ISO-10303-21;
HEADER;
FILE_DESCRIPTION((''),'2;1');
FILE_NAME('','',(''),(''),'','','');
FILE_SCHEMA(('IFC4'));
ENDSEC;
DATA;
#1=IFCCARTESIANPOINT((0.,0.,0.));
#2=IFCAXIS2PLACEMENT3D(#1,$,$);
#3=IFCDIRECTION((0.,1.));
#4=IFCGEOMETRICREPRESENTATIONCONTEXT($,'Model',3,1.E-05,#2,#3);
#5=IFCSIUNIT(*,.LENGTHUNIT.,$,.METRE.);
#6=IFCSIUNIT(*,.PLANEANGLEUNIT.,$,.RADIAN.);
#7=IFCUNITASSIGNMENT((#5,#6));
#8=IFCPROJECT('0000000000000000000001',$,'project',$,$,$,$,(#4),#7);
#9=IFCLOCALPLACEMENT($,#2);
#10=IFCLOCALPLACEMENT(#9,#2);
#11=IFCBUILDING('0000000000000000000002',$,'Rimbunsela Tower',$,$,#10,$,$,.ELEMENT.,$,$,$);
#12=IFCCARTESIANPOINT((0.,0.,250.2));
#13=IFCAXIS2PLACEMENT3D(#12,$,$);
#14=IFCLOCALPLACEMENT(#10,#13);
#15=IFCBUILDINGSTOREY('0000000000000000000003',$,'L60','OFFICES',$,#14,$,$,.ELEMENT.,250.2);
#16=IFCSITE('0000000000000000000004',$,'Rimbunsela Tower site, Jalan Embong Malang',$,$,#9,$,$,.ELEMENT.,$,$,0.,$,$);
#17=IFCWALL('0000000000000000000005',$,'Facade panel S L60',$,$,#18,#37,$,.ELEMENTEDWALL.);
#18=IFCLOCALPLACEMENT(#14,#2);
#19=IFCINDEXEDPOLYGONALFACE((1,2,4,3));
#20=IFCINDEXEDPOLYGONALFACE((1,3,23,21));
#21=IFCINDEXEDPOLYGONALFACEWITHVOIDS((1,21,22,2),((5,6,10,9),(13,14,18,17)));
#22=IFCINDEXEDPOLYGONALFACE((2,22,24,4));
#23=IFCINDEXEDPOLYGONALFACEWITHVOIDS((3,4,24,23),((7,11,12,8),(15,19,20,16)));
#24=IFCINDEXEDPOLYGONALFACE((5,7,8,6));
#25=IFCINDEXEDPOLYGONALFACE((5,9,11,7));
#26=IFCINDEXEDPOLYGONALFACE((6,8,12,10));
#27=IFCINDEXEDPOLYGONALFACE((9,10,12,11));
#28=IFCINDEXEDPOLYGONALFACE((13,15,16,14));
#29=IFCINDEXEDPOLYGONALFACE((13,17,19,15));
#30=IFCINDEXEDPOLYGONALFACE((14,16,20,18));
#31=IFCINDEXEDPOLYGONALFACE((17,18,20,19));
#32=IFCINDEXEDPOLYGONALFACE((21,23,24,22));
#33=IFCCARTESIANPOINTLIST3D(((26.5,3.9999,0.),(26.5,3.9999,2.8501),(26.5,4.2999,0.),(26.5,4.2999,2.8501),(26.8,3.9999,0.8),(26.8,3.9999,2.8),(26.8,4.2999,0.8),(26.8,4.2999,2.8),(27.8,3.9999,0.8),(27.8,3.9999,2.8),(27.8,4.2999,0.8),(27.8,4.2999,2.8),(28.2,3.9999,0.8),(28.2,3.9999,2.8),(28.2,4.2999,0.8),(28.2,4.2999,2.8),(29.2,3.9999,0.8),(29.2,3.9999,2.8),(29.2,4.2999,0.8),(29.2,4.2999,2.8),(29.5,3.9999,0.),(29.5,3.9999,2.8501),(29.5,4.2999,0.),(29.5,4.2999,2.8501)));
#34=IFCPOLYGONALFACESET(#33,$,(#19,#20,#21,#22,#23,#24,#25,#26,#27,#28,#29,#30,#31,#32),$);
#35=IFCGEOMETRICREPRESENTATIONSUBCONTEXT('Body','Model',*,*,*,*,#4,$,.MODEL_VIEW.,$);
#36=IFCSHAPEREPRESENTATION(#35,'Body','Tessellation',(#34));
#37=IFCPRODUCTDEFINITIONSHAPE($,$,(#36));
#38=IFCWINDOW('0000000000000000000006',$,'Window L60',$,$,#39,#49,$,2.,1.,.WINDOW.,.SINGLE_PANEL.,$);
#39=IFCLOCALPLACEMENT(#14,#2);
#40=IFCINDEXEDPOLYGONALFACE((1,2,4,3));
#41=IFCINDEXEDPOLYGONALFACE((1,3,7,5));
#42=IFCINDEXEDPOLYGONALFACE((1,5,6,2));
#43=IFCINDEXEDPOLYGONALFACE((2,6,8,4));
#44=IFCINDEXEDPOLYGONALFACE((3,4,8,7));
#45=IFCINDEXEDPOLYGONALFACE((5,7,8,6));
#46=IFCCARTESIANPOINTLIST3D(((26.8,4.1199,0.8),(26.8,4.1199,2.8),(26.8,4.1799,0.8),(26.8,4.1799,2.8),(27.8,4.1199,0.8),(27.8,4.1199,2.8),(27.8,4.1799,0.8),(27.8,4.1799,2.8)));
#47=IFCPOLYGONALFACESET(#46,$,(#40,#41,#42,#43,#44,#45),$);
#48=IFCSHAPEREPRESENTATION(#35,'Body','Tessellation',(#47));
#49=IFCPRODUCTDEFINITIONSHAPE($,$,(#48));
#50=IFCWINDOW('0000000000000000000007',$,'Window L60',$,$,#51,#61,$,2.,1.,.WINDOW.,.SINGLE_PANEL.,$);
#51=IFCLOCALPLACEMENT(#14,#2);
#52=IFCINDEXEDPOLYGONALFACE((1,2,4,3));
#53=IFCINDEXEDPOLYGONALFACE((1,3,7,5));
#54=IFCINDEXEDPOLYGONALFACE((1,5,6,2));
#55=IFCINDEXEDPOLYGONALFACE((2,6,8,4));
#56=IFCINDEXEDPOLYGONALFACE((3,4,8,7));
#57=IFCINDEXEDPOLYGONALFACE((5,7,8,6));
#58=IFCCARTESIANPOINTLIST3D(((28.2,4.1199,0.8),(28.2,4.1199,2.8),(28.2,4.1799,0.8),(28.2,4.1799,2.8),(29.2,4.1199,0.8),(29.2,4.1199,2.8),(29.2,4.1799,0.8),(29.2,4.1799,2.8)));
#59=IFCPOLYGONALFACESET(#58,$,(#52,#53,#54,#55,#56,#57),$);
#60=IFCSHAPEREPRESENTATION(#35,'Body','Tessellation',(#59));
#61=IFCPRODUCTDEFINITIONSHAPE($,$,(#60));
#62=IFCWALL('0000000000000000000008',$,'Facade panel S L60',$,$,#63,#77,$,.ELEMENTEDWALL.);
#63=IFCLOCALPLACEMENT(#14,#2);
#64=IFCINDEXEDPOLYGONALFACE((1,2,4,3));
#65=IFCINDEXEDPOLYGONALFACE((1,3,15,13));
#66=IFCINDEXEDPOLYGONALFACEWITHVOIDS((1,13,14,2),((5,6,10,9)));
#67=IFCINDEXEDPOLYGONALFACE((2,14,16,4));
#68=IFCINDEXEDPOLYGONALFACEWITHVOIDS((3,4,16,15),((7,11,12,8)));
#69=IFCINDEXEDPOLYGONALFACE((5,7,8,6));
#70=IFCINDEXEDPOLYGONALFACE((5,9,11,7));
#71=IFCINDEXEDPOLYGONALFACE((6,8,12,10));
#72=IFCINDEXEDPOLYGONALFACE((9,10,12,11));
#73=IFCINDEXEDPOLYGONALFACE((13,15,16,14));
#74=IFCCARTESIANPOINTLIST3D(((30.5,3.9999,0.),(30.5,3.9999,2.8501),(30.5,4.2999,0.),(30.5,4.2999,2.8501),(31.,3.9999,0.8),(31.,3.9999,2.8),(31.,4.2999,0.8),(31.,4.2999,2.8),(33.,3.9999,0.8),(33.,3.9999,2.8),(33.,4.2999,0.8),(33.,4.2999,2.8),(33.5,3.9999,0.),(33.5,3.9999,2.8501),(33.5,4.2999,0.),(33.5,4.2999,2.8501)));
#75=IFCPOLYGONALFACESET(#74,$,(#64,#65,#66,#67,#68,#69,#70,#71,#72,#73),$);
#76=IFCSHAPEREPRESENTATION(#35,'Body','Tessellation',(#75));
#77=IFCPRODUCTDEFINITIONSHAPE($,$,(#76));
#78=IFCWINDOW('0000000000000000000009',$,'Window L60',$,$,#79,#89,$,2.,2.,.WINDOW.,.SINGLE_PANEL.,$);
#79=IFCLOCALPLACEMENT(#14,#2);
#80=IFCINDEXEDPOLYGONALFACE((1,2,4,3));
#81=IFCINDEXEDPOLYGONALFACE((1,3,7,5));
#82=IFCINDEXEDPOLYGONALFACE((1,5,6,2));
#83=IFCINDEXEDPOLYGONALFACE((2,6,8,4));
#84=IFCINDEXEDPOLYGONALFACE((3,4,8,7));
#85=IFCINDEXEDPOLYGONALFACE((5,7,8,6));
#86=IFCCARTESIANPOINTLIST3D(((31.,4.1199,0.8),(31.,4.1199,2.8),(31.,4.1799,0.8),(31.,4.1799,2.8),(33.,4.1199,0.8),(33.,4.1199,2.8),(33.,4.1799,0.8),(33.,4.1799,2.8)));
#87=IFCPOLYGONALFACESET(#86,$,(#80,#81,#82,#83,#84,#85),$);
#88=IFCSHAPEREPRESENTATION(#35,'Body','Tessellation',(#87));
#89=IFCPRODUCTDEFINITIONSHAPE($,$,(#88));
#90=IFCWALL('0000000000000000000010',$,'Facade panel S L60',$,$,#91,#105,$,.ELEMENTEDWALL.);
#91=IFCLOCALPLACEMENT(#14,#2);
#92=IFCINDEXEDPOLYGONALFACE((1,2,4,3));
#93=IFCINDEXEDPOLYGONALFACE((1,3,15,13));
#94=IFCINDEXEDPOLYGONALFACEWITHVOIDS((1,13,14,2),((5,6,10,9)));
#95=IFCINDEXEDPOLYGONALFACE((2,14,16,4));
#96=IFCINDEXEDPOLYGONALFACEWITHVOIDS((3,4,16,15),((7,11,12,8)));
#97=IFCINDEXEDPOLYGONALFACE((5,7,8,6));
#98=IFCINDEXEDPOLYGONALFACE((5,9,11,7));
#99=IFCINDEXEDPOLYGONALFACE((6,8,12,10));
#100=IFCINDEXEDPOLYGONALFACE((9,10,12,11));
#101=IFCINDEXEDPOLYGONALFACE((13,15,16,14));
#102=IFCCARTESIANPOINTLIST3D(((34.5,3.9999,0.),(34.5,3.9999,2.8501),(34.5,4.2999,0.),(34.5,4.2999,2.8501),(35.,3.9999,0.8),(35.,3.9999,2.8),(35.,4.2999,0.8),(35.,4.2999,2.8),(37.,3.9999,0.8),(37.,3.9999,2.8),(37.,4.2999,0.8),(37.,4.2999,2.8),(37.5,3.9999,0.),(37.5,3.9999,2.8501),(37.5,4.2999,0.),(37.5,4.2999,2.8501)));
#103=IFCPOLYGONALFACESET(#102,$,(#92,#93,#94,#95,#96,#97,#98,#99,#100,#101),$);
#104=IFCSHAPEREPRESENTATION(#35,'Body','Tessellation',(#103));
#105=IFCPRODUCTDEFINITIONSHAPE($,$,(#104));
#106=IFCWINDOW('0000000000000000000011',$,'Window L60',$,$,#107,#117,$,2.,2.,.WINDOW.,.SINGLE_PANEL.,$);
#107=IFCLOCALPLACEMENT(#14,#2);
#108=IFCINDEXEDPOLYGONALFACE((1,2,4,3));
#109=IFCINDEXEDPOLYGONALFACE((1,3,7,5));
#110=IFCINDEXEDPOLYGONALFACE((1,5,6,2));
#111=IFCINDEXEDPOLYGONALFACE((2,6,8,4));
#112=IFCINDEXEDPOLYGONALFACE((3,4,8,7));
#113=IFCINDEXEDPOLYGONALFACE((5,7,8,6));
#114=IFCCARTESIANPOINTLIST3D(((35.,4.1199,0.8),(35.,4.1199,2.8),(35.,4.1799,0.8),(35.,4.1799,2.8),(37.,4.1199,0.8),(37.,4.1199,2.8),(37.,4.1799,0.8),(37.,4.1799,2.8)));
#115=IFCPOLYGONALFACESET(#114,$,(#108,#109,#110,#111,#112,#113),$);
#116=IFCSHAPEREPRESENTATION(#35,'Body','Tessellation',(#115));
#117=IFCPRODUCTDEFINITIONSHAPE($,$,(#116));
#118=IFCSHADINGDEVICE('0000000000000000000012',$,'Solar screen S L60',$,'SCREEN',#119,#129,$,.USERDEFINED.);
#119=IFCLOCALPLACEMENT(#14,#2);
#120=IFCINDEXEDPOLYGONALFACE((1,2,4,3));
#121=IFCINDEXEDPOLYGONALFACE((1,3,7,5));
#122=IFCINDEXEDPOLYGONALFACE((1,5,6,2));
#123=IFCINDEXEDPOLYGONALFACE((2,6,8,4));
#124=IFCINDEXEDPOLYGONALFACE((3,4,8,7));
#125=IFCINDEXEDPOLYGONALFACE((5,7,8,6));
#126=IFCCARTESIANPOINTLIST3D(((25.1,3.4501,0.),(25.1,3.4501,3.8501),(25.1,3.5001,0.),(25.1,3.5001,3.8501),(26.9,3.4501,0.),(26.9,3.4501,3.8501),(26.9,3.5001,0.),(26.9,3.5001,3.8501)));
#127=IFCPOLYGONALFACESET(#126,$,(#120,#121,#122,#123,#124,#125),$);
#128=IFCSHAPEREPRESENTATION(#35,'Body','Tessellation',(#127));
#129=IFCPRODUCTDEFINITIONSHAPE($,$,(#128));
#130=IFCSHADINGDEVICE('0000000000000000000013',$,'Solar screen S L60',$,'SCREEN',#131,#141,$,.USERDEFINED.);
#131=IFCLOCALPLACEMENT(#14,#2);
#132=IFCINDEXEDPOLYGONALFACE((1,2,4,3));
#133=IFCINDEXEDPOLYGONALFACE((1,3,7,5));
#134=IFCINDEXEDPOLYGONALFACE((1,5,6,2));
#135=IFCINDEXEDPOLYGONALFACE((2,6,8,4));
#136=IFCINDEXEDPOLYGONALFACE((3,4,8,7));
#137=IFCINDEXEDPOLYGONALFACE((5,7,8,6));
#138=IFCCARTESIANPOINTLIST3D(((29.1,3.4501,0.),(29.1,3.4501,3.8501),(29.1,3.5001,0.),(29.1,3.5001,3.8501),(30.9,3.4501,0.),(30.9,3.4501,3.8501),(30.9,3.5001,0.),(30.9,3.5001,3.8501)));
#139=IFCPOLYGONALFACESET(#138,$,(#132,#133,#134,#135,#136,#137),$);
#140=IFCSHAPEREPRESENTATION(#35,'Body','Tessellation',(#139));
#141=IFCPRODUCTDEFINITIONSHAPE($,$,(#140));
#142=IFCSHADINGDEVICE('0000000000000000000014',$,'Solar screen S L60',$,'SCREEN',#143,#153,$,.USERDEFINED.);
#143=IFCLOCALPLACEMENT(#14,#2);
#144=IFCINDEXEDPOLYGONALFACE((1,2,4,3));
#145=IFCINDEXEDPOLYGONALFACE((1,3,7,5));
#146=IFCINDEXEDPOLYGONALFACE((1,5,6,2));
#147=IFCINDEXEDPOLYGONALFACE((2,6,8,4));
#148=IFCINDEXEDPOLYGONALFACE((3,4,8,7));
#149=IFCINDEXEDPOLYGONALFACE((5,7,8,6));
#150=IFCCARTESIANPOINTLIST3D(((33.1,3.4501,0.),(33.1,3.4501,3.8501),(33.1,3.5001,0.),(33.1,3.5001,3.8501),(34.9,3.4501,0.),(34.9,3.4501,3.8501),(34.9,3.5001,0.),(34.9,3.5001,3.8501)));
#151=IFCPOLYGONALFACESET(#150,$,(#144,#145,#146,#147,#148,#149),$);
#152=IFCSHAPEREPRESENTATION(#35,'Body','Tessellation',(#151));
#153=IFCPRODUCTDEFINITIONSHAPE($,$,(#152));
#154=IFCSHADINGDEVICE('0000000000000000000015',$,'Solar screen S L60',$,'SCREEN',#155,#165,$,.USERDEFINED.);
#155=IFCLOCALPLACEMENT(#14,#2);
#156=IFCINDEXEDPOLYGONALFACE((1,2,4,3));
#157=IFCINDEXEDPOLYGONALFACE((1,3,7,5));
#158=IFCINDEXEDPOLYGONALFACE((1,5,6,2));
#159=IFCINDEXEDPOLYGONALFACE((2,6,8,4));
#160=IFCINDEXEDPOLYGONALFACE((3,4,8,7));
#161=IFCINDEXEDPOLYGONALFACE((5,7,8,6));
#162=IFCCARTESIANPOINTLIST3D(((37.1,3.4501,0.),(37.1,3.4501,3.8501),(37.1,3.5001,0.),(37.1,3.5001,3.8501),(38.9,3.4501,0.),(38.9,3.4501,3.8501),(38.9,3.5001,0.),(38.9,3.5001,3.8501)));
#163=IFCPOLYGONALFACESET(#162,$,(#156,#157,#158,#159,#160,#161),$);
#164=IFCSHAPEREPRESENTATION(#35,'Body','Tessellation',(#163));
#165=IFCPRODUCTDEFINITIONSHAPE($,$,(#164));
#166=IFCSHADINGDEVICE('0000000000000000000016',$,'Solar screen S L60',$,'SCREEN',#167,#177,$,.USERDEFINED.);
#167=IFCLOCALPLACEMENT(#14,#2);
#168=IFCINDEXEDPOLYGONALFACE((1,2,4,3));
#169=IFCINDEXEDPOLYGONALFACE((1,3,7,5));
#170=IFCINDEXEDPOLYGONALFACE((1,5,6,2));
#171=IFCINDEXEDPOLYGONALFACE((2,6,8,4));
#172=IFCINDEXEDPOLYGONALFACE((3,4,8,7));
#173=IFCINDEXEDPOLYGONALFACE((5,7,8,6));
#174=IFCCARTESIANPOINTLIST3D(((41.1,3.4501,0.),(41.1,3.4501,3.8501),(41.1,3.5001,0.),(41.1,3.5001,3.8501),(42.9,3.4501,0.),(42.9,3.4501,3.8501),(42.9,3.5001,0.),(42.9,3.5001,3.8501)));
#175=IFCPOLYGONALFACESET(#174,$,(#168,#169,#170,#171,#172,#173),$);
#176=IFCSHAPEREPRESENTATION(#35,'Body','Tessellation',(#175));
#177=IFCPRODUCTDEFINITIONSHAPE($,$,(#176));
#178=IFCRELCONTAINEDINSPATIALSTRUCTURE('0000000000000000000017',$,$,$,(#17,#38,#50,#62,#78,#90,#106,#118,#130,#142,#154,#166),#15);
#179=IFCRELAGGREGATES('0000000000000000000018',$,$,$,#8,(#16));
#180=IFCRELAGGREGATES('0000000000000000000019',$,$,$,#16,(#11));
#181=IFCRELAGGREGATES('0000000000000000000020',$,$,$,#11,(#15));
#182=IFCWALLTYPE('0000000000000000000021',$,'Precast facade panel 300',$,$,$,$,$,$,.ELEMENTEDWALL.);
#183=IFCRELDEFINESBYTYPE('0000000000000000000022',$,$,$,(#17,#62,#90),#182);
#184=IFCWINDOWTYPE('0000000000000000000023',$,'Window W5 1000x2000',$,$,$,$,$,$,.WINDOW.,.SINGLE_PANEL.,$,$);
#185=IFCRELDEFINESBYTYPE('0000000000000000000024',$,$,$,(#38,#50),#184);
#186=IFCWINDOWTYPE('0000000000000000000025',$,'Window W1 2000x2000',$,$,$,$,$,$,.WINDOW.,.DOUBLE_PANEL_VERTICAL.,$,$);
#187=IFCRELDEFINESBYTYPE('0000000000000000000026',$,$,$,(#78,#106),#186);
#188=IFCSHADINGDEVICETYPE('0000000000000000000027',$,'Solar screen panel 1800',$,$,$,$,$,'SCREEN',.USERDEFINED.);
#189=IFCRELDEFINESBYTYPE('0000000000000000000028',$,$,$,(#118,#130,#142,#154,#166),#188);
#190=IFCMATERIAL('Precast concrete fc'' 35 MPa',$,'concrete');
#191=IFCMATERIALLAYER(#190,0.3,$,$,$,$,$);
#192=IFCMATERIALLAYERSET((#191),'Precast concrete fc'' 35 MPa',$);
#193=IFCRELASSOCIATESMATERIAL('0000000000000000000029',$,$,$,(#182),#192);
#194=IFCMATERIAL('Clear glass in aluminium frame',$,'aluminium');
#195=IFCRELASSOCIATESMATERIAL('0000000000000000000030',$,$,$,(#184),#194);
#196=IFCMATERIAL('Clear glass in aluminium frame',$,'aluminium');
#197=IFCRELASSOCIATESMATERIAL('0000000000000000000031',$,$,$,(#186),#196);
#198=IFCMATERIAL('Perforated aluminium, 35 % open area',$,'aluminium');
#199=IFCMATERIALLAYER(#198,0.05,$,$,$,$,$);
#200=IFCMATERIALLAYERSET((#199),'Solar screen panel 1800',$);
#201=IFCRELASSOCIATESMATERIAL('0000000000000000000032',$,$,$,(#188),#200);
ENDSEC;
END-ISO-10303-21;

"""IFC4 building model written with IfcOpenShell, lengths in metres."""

from ifc_helpers import new_model, si_unit, direction, frame, frame_2d, origin, origin_2d, place, context, subcontext, project, spatial, rectangle, extrude, material, layer, layer_set, type_object, element, fill, save


model = new_model("IFC4")

# Units and contexts
model_context = context("Model", 3, precision=1e-05, world=origin(), true_north=direction((0.0, 1.0)))
body_context = subcontext(model_context, "Body", "Model", "MODEL_VIEW")
ifc_project = project(units=[si_unit("LENGTHUNIT", "METRE"), si_unit("PLANEANGLEUNIT", "RADIAN")], contexts=[model_context])

# Site, building, storey
site_placement = place(None, origin())
site = spatial("IfcSite", under=ifc_project, at=site_placement, Name="Rimbunsela Tower site, Jalan Embong Malang", CompositionType="ELEMENT", RefElevation=0.0)
building_placement = place(site_placement, origin())
building = spatial("IfcBuilding", under=site, at=building_placement, Name="Rimbunsela Tower", CompositionType="ELEMENT")
storey_placement = place(building_placement, frame((0.0, 0.0, 250.2)))
storey = spatial("IfcBuildingStorey", under=building, at=storey_placement, Name="L60", Description="OFFICES", CompositionType="ELEMENT", Elevation=250.2)

# Wall, openings, windows
ifc_material_1 = material(Name="Precast concrete fc' 35 MPa", Category="concrete")
ifc_layer_1 = layer(ifc_material_1, 0.3)
ifc_layer_set_1 = layer_set([ifc_layer_1], Name="Precast concrete fc' 35 MPa")
wall_type = type_object("IfcWallType", Name="Precast facade panel 300", PredefinedType="ELEMENTEDWALL", material=ifc_layer_set_1)
wall_1_placement = place(storey_placement, frame((26.5, 4.1499, 0.0), z_axis=(0.0, 0.0, 1.0), x_axis=(1.0, 0.0, 0.0)))
wall_1 = element("IfcWall", 1, at=wall_1_placement, inside=storey, type_object=wall_type, Name="Facade panel S L60", PredefinedType="ELEMENTEDWALL", context=body_context, shape_type="SweptSolid", body=[
    extrude(rectangle(XDim=3.0, YDim=0.3, at=frame_2d((1.5, 0.0))), origin(), (0.0, 0.0, 1.0), 2.8501),
])
opening_1_placement = place(wall_1_placement, frame((0.3, 0.0, 0.8)))
opening_1 = element("IfcOpeningElement", 2, at=opening_1_placement, cuts=wall_1, PredefinedType="OPENING", context=body_context, shape_type="SweptSolid", body=[
    extrude(rectangle(XDim=1.0, YDim=2.0, at=frame_2d((0.5, 1.0))), frame((0.0, 0.1599, 0.0), z_axis=(0.0, -1.0, 0.0), x_axis=(1.0, 0.0, 0.0)), (0.0, 0.0, 1.0), 0.3201),
])
opening_2_placement = place(wall_1_placement, frame((1.7, 0.0, 0.8)))
opening_2 = element("IfcOpeningElement", 3, at=opening_2_placement, cuts=wall_1, PredefinedType="OPENING", context=body_context, shape_type="SweptSolid", body=[
    extrude(rectangle(XDim=1.0, YDim=2.0, at=frame_2d((0.5, 1.0))), frame((0.0, 0.1599, 0.0), z_axis=(0.0, -1.0, 0.0), x_axis=(1.0, 0.0, 0.0)), (0.0, 0.0, 1.0), 0.3201),
])
ifc_material_2 = material(Name="Clear glass in aluminium frame", Category="aluminium")
window_type_1 = type_object("IfcWindowType", Name="Window W5 1000x2000", PartitioningType="SINGLE_PANEL", PredefinedType="WINDOW", material=ifc_material_2)
window_1_placement = place(opening_1_placement, origin())
window_1 = element("IfcWindow", 4, at=window_1_placement, inside=storey, type_object=window_type_1, Name="Window L60", OverallHeight=2.0, OverallWidth=1.0, PartitioningType="SINGLE_PANEL", PredefinedType="WINDOW", context=body_context, shape_type="SweptSolid", body=[
    extrude(rectangle(XDim=1.0, YDim=2.0, at=frame_2d((0.5, 1.0))), frame((0.0, 0.03, 0.0), z_axis=(0.0, -1.0, 0.0), x_axis=(1.0, 0.0, 0.0)), (0.0, 0.0, 1.0), 0.0601),
])
fill(opening_1, window_1)
window_2_placement = place(opening_2_placement, origin())
window_2 = element("IfcWindow", 5, at=window_2_placement, inside=storey, type_object=window_type_1, Name="Window L60", OverallHeight=2.0, OverallWidth=1.0, PartitioningType="SINGLE_PANEL", PredefinedType="WINDOW", context=body_context, shape_type="SweptSolid", body=[
    extrude(rectangle(XDim=1.0, YDim=2.0, at=frame_2d((0.5, 1.0))), frame((0.0, 0.03, 0.0), z_axis=(0.0, -1.0, 0.0), x_axis=(1.0, 0.0, 0.0)), (0.0, 0.0, 1.0), 0.0601),
])
fill(opening_2, window_2)

# Walls, openings, windows
wall_2_placement = place(storey_placement, frame((30.5, 4.1499, 0.0), z_axis=(0.0, 0.0, 1.0), x_axis=(1.0, 0.0, 0.0)))
wall_2 = element("IfcWall", 6, at=wall_2_placement, inside=storey, type_object=wall_type, Name="Facade panel S L60", PredefinedType="ELEMENTEDWALL", context=body_context, shape_type="SweptSolid", body=[
    extrude(rectangle(XDim=3.0, YDim=0.3, at=frame_2d((1.5, 0.0))), origin(), (0.0, 0.0, 1.0), 2.8501),
])
opening_3_placement = place(wall_2_placement, frame((0.5, 0.0, 0.8)))
opening_3 = element("IfcOpeningElement", 7, at=opening_3_placement, cuts=wall_2, PredefinedType="OPENING", context=body_context, shape_type="SweptSolid", body=[
    extrude(rectangle(XDim=2.0, YDim=2.0, at=frame_2d((1.0, 1.0))), frame((0.0, 0.1599, 0.0), z_axis=(0.0, -1.0, 0.0), x_axis=(1.0, 0.0, 0.0)), (0.0, 0.0, 1.0), 0.3201),
])
ifc_material_3 = material(Name="Clear glass in aluminium frame", Category="aluminium")
window_type_2 = type_object("IfcWindowType", Name="Window W1 2000x2000", PartitioningType="DOUBLE_PANEL_VERTICAL", PredefinedType="WINDOW", material=ifc_material_3)
window_3_placement = place(opening_3_placement, origin())
window_3 = element("IfcWindow", 8, at=window_3_placement, inside=storey, type_object=window_type_2, Name="Window L60", OverallHeight=2.0, OverallWidth=2.0, PartitioningType="SINGLE_PANEL", PredefinedType="WINDOW", context=body_context, shape_type="SweptSolid", body=[
    extrude(rectangle(XDim=2.0, YDim=2.0, at=frame_2d((1.0, 1.0))), frame((0.0, 0.03, 0.0), z_axis=(0.0, -1.0, 0.0), x_axis=(1.0, 0.0, 0.0)), (0.0, 0.0, 1.0), 0.0601),
])
fill(opening_3, window_3)
wall_3_placement = place(storey_placement, frame((34.5, 4.1499, 0.0), z_axis=(0.0, 0.0, 1.0), x_axis=(1.0, 0.0, 0.0)))
wall_3 = element("IfcWall", 9, at=wall_3_placement, inside=storey, type_object=wall_type, Name="Facade panel S L60", PredefinedType="ELEMENTEDWALL", context=body_context, shape_type="SweptSolid", body=[
    extrude(rectangle(XDim=3.0, YDim=0.3, at=frame_2d((1.5, 0.0))), origin(), (0.0, 0.0, 1.0), 2.8501),
])
opening_4_placement = place(wall_3_placement, frame((0.5, 0.0, 0.8)))
opening_4 = element("IfcOpeningElement", 10, at=opening_4_placement, cuts=wall_3, PredefinedType="OPENING", context=body_context, shape_type="SweptSolid", body=[
    extrude(rectangle(XDim=2.0, YDim=2.0, at=frame_2d((1.0, 1.0))), frame((0.0, 0.1599, 0.0), z_axis=(0.0, -1.0, 0.0), x_axis=(1.0, 0.0, 0.0)), (0.0, 0.0, 1.0), 0.3201),
])
window_4_placement = place(opening_4_placement, origin())
window_4 = element("IfcWindow", 11, at=window_4_placement, inside=storey, type_object=window_type_2, Name="Window L60", OverallHeight=2.0, OverallWidth=2.0, PartitioningType="SINGLE_PANEL", PredefinedType="WINDOW", context=body_context, shape_type="SweptSolid", body=[
    extrude(rectangle(XDim=2.0, YDim=2.0, at=frame_2d((1.0, 1.0))), frame((0.0, 0.03, 0.0), z_axis=(0.0, -1.0, 0.0), x_axis=(1.0, 0.0, 0.0)), (0.0, 0.0, 1.0), 0.0601),
])
fill(opening_4, window_4)

# Shading devices
ifc_material_4 = material(Name="Perforated aluminium, 35 % open area", Category="aluminium")
ifc_layer_2 = layer(ifc_material_4, 0.05)
ifc_layer_set_2 = layer_set([ifc_layer_2], Name="Solar screen panel 1800")
shading_device_type = type_object("IfcShadingDeviceType", Name="Solar screen panel 1800", ElementType="SCREEN", PredefinedType="USERDEFINED", material=ifc_layer_set_2)
for number, where, z_axis, x_axis, name in (
    (12, (26.0, 3.4751, 0.0), (0.0, 0.0, 1.0), (1.0, 0.0, 0.0), "Solar screen S L60"),
    (13, (30.0, 3.4751, 0.0), (0.0, 0.0, 1.0), (1.0, 0.0, 0.0), "Solar screen S L60"),
    (14, (34.0, 3.4751, 0.0), (0.0, 0.0, 1.0), (1.0, 0.0, 0.0), "Solar screen S L60"),
    (15, (38.0, 3.4751, 0.0), (0.0, 0.0, 1.0), (1.0, 0.0, 0.0), "Solar screen S L60"),
    (16, (42.0, 3.4751, 0.0), (0.0, 0.0, 1.0), (1.0, 0.0, 0.0), "Solar screen S L60"),
):
    element("IfcShadingDevice", number, at=place(storey_placement, frame(where, z_axis=z_axis, x_axis=x_axis)), inside=storey, type_object=shading_device_type, Name=name, ObjectType="SCREEN", PredefinedType="USERDEFINED", context=body_context, shape_type="SweptSolid", body=[
        extrude(rectangle(XDim=1.8, YDim=0.05, at=origin_2d()), origin(), (0.0, 0.0, 1.0), 3.8501),
    ])

save(model, "model.ifc")
